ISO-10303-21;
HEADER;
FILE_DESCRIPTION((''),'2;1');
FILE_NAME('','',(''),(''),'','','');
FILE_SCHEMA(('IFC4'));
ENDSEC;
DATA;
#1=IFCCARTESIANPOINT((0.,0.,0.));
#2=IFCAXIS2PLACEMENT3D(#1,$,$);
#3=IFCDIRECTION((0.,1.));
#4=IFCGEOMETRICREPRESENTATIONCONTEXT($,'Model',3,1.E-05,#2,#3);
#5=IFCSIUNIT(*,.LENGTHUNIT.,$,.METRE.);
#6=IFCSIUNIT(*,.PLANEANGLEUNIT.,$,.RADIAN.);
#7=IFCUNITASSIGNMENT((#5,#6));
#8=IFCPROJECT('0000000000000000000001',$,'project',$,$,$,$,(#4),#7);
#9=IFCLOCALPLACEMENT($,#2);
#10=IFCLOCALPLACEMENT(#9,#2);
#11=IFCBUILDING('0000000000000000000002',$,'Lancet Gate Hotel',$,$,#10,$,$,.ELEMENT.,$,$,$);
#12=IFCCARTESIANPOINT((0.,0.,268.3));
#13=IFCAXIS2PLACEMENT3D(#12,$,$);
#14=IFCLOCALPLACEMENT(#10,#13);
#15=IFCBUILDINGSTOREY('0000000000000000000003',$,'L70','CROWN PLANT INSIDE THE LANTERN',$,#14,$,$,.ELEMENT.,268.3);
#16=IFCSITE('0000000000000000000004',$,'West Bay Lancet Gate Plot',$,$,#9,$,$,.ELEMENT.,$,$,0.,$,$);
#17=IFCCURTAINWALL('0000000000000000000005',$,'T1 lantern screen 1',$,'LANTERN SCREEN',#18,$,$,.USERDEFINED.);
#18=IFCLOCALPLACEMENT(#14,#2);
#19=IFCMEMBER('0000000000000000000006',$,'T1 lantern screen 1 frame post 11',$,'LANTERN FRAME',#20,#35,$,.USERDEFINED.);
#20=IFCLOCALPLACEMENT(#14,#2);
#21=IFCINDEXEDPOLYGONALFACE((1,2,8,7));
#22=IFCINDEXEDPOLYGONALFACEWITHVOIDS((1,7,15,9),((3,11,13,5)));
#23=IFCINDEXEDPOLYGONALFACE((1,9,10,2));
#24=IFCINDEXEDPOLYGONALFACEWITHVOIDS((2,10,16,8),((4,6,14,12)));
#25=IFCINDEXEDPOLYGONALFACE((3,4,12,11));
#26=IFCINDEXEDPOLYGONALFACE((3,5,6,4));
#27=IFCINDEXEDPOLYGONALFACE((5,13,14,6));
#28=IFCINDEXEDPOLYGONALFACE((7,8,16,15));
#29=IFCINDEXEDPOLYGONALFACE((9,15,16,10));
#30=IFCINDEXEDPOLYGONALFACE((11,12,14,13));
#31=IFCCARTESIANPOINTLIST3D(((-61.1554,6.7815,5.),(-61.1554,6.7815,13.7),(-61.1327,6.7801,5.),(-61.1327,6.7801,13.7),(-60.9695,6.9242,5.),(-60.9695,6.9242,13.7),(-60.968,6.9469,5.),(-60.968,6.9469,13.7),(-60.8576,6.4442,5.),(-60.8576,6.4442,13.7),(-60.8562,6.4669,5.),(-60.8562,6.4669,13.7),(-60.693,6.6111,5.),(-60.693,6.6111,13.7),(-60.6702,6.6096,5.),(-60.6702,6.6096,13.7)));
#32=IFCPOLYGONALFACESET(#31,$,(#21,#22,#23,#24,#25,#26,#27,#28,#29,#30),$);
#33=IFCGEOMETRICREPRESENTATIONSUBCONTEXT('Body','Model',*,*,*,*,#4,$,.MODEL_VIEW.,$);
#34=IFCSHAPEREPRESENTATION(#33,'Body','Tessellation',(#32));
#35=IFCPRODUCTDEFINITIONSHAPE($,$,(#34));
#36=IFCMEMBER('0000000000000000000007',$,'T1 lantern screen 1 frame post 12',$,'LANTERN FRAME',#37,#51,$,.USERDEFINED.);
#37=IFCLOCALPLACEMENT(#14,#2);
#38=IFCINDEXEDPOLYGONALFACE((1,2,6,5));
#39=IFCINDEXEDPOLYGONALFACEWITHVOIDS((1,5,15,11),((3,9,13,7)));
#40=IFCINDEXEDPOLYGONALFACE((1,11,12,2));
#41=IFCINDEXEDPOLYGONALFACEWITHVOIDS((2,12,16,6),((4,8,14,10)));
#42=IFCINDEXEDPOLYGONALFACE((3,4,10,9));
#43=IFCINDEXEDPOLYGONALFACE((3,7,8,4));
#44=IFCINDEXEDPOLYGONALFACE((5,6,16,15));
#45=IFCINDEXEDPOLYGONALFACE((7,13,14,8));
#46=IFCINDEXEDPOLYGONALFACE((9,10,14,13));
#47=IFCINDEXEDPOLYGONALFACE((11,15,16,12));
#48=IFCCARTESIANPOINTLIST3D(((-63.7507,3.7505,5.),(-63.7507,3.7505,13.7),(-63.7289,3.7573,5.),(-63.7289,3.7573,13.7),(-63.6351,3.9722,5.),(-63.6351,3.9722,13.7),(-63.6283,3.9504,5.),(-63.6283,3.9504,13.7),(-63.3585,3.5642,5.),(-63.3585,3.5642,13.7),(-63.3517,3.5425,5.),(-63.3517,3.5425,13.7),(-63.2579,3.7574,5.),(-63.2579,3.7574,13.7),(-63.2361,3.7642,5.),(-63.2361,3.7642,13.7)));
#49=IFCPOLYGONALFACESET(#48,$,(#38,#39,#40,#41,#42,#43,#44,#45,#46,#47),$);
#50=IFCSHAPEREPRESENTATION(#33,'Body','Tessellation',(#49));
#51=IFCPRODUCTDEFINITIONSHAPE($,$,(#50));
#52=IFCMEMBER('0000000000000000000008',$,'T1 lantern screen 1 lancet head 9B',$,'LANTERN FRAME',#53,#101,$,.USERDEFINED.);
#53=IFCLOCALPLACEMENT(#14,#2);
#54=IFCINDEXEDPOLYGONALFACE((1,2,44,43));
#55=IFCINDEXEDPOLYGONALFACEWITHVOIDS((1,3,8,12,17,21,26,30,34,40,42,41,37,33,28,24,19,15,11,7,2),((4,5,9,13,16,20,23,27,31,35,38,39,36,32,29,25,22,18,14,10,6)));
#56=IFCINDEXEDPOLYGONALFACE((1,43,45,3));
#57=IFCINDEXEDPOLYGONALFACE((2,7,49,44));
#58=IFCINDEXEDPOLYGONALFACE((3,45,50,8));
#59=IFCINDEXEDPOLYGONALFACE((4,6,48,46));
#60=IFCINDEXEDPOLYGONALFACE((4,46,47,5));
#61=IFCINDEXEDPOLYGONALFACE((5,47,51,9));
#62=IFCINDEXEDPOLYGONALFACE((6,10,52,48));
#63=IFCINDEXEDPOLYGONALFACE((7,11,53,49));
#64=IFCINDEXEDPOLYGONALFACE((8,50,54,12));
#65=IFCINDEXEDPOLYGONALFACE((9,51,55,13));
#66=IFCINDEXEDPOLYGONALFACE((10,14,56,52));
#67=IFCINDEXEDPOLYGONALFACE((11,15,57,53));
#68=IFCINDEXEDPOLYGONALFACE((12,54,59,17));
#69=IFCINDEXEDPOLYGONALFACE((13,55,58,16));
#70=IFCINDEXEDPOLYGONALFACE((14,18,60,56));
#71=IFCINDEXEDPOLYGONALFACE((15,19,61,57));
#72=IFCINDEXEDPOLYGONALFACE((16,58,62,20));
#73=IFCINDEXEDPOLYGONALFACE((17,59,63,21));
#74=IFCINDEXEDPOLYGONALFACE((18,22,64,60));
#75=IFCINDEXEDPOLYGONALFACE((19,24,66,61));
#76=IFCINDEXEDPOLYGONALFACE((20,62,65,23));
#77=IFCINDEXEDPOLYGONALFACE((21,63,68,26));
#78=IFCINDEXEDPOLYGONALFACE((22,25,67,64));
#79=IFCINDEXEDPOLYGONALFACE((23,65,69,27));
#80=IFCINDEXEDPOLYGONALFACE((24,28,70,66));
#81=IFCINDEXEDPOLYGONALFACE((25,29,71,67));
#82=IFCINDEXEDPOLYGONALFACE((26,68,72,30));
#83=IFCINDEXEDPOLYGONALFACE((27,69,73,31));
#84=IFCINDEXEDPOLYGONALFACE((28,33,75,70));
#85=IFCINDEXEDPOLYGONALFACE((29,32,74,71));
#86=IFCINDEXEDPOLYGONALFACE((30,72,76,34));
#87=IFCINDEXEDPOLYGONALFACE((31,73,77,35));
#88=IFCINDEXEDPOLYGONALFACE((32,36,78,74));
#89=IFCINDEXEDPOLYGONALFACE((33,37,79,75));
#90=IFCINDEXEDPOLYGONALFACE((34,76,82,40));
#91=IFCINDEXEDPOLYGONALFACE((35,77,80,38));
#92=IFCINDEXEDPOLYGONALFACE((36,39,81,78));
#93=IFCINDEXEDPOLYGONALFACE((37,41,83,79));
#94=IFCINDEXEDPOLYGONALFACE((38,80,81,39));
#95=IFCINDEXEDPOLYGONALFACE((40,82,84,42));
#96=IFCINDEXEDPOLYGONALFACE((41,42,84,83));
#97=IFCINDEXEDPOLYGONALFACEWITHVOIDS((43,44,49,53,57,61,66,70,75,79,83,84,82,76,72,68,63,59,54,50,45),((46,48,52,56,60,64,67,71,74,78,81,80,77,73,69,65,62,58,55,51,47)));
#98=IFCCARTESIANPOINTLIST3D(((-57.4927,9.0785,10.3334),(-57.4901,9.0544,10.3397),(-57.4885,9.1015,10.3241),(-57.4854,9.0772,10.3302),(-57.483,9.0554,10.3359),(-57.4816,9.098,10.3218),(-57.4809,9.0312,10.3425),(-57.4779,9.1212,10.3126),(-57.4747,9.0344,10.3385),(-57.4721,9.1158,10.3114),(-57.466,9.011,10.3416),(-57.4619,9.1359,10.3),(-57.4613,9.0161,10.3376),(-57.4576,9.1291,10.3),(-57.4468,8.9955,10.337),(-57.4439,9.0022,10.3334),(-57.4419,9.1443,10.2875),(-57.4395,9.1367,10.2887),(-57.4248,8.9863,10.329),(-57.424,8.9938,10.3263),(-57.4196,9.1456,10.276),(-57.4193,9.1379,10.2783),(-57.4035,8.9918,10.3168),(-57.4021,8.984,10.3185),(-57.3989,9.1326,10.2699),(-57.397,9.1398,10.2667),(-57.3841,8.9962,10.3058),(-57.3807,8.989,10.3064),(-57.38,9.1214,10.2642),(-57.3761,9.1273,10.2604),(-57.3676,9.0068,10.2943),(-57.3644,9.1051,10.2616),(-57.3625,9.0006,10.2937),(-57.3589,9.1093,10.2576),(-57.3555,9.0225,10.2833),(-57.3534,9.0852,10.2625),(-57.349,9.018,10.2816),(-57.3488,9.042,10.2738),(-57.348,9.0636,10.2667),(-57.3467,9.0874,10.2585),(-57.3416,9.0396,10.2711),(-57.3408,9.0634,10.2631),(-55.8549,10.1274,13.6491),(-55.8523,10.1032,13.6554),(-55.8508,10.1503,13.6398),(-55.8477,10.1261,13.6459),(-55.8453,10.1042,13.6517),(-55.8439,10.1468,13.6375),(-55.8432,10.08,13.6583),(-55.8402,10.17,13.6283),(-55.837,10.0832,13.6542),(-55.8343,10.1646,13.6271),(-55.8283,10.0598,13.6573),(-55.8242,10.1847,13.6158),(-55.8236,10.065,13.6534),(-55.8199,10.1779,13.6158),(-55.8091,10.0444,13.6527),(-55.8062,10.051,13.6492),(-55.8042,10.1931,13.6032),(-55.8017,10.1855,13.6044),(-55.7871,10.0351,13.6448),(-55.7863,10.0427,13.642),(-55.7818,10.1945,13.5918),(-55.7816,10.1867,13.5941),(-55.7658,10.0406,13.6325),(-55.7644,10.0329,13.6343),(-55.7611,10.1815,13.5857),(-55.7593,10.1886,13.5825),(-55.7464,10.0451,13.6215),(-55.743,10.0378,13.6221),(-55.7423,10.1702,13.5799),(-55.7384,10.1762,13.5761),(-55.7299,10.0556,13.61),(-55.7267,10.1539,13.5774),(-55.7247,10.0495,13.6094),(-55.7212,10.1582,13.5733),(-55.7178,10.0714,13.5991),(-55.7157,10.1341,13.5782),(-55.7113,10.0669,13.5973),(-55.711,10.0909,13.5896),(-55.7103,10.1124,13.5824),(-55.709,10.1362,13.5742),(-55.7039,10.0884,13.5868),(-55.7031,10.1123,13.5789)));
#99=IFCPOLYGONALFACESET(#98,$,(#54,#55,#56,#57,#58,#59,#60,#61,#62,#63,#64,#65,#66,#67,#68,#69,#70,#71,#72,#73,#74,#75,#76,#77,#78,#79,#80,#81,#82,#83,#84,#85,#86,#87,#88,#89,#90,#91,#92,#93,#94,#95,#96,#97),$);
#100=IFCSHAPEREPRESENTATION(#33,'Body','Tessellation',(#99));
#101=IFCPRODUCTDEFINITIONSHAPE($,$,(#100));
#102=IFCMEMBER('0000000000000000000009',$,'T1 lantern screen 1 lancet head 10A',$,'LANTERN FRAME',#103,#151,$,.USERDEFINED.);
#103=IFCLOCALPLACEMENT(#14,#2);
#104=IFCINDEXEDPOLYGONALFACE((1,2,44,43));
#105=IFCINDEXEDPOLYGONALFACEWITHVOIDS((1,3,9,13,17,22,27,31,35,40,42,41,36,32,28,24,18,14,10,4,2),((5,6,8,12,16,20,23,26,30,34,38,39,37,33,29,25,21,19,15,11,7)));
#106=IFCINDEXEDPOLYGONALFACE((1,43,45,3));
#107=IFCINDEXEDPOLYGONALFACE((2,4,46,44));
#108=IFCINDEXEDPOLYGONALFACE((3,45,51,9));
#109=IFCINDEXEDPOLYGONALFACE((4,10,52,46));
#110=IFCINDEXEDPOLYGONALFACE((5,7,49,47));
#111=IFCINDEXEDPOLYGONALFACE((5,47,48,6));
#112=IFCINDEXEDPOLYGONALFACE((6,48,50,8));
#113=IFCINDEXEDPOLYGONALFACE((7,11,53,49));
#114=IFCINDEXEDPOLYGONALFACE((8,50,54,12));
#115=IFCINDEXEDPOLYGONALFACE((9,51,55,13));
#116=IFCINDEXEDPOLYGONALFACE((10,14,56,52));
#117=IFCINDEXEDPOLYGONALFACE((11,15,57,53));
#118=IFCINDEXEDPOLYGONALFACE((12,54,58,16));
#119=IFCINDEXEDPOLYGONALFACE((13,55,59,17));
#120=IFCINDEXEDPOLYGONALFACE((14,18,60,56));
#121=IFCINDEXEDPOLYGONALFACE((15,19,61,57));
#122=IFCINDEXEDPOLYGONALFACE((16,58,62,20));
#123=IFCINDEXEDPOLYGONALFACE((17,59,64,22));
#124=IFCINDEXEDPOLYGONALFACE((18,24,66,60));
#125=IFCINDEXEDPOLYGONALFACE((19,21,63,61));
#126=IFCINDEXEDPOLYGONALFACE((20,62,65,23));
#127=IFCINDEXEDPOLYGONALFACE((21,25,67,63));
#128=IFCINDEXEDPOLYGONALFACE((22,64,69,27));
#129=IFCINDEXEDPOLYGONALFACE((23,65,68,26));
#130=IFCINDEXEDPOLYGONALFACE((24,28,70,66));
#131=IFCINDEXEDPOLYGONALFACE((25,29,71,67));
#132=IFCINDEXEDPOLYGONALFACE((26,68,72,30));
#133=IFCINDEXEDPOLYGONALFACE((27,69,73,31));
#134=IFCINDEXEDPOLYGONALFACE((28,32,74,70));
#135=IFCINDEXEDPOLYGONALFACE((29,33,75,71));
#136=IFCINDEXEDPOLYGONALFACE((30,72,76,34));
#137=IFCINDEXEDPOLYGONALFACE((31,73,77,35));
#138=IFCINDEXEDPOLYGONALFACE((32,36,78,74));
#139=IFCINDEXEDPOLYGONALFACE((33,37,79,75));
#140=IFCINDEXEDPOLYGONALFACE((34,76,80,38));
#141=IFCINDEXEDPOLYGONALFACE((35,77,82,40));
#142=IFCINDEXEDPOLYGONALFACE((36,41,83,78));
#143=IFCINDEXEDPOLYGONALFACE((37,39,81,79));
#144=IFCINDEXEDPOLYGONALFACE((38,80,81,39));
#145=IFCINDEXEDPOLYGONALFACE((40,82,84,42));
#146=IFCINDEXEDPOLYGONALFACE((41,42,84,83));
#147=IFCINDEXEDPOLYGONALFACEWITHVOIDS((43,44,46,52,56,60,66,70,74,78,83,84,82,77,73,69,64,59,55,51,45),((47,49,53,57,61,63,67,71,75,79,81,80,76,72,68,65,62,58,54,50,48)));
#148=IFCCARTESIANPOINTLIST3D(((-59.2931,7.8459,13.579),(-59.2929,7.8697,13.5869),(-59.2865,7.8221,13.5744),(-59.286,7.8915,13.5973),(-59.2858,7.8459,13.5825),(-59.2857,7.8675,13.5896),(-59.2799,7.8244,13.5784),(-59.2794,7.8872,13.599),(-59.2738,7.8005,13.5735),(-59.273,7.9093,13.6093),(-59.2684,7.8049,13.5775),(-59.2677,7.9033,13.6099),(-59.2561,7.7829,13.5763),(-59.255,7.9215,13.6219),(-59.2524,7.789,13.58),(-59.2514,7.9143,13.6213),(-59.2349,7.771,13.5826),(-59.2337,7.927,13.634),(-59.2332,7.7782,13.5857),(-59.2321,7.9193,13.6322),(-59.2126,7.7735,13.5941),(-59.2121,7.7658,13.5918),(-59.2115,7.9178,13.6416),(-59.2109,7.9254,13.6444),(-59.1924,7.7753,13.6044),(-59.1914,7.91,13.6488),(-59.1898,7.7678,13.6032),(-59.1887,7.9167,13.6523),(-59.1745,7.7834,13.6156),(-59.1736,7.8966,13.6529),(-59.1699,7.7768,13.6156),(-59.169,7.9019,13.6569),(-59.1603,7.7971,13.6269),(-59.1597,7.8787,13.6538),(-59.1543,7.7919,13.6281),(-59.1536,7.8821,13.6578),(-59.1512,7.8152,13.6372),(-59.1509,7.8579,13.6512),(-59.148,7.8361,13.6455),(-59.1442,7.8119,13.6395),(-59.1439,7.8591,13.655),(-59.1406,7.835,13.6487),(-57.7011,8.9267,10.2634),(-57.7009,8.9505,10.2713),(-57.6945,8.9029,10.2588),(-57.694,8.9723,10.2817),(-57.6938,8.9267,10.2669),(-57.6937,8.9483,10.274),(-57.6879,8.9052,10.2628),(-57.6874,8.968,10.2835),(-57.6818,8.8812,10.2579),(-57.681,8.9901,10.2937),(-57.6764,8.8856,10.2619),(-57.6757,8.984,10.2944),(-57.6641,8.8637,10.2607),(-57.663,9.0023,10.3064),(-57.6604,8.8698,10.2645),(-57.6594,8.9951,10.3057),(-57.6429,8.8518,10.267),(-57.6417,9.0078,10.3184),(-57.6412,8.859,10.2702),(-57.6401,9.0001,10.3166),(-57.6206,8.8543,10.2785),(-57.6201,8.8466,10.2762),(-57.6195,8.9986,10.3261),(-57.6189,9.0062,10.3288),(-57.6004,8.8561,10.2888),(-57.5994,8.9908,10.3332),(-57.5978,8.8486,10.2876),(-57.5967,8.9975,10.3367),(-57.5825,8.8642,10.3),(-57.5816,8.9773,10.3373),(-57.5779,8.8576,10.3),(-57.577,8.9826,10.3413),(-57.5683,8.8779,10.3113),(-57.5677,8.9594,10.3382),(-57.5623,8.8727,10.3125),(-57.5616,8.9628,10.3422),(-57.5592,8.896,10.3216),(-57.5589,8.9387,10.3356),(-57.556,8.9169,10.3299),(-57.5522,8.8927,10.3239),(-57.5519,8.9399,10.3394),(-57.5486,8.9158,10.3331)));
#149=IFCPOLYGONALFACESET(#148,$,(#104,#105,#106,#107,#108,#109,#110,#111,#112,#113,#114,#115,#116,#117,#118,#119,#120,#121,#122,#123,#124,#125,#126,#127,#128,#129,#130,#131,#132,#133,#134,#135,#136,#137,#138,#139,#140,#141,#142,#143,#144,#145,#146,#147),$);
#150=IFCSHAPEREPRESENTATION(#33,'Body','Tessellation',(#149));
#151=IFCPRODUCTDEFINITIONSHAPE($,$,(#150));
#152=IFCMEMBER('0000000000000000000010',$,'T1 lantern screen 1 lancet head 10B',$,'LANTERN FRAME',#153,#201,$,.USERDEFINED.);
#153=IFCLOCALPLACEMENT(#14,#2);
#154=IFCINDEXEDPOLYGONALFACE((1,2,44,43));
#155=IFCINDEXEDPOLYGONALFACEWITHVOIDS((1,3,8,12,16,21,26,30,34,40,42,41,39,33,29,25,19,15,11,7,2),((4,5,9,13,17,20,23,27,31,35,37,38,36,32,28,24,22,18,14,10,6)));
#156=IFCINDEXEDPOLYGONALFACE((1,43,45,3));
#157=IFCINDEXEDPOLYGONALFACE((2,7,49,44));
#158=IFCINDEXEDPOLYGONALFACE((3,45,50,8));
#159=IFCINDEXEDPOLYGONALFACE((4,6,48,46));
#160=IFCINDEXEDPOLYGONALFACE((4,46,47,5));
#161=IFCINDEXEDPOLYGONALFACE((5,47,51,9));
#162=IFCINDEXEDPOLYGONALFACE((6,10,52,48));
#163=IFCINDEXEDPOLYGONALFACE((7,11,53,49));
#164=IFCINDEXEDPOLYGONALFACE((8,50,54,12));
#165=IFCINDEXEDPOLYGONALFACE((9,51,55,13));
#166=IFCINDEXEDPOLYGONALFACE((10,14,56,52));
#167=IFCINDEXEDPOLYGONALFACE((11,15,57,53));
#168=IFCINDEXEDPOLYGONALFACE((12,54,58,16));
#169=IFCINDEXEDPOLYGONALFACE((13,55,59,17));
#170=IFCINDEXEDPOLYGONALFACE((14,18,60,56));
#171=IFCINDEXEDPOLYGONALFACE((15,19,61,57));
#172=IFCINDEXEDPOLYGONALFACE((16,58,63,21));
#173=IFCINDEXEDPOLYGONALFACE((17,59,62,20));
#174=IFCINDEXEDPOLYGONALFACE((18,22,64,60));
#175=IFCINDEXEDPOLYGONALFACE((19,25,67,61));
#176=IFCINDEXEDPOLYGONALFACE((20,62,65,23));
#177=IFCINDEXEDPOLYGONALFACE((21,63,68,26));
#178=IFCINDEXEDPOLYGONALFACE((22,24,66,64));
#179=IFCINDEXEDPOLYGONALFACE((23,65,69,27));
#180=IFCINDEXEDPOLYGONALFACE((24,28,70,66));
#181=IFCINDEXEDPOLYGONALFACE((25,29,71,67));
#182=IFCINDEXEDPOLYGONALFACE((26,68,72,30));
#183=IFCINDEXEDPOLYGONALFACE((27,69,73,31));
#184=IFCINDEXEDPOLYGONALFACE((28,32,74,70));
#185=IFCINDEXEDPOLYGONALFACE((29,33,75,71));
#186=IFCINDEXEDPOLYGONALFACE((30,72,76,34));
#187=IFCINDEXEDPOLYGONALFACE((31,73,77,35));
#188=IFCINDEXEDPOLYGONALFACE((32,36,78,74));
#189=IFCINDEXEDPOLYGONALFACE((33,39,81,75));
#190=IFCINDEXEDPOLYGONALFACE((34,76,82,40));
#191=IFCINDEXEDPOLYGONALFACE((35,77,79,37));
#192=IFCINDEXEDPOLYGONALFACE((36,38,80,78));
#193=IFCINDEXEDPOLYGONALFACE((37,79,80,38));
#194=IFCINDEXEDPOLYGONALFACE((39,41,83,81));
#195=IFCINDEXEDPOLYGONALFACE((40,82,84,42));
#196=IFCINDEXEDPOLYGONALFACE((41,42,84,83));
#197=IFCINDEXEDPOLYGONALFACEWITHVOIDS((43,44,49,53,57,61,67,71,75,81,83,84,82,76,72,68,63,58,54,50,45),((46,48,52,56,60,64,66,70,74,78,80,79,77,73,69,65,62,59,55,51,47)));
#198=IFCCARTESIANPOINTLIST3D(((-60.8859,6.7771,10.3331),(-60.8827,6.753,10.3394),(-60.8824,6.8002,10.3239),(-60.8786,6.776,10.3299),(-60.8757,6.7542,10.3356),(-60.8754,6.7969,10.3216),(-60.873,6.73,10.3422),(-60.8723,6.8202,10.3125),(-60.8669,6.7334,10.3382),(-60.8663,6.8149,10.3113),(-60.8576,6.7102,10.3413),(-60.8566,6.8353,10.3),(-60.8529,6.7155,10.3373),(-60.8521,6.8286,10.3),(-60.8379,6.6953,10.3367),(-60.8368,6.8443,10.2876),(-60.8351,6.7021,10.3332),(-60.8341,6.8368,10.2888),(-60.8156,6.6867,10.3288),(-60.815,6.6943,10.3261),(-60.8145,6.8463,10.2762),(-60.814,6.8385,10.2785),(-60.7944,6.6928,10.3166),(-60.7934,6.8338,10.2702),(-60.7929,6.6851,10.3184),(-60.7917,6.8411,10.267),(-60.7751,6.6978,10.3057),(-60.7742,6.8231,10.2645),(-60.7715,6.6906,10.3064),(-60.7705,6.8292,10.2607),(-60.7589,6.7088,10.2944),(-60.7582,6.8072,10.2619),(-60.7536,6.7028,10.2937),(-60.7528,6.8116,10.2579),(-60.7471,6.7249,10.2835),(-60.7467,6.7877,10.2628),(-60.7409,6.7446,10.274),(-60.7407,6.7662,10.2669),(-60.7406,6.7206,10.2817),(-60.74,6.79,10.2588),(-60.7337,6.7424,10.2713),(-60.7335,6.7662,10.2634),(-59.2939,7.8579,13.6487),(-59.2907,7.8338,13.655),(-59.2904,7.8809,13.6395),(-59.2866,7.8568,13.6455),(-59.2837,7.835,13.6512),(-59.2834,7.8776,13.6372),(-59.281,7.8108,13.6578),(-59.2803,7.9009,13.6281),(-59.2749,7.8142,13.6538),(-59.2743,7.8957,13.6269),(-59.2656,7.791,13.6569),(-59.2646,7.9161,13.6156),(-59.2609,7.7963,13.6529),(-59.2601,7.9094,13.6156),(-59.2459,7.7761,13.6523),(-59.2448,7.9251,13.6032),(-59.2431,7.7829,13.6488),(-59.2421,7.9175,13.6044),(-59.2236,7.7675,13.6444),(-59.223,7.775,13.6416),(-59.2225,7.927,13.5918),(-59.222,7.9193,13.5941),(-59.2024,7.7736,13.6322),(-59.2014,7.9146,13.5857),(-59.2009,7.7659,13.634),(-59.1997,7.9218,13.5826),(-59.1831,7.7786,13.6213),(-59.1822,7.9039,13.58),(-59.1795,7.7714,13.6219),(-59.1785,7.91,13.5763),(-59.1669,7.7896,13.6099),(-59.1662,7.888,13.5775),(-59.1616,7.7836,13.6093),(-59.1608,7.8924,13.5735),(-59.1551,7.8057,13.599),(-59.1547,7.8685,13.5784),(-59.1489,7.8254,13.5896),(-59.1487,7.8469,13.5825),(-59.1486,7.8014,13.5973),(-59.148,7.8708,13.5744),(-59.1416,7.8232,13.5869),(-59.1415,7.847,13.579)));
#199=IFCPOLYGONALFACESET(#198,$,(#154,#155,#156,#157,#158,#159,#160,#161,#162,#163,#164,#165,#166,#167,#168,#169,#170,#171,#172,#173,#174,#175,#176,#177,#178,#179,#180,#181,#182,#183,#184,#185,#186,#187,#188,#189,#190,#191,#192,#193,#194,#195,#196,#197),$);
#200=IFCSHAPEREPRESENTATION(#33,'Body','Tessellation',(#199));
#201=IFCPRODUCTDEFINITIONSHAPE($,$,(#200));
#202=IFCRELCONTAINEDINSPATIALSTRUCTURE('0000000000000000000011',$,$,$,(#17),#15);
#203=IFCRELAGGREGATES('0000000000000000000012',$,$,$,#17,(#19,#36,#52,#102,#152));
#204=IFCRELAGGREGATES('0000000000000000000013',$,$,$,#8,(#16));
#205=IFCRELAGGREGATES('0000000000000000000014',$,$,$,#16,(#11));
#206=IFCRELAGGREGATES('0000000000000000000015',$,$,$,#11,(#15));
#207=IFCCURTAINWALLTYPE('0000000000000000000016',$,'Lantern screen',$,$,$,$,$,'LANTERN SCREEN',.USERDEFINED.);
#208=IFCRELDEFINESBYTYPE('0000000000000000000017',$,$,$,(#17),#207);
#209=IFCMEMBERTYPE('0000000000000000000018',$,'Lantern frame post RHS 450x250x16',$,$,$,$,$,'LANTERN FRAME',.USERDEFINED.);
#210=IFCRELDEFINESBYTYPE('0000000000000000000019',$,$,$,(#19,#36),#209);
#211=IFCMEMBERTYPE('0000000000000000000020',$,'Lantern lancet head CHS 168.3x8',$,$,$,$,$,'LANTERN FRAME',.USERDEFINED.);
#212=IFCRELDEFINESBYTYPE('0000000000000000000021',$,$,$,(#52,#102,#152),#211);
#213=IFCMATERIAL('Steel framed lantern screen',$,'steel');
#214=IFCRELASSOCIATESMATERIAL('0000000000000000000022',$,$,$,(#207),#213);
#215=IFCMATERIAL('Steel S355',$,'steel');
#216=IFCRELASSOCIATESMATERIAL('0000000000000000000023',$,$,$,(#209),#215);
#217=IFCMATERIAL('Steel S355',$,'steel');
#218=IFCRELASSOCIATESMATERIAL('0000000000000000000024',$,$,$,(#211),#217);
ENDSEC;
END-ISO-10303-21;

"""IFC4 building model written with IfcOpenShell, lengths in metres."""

from ifc_helpers import new_model, si_unit, direction, frame, origin, origin_2d, place, context, subcontext, project, spatial, hollow_rectangle, hollow_circle, extrude, material, material_profile, profile_set, type_object, element, aggregate, save


model = new_model("IFC4")

# Units and contexts
model_context = context("Model", 3, precision=1e-05, world=origin(), true_north=direction((0.0, 1.0)))
body_context = subcontext(model_context, "Body", "Model", "MODEL_VIEW")
ifc_project = project(units=[si_unit("LENGTHUNIT", "METRE"), si_unit("PLANEANGLEUNIT", "RADIAN")], contexts=[model_context])

# Site, building, storey
site_placement = place(None, origin())
site = spatial("IfcSite", under=ifc_project, at=site_placement, Name="West Bay Lancet Gate Plot", CompositionType="ELEMENT", RefElevation=0.0)
building_placement = place(site_placement, origin())
building = spatial("IfcBuilding", under=site, at=building_placement, Name="Lancet Gate Hotel", CompositionType="ELEMENT")
storey_placement = place(building_placement, frame((0.0, 0.0, 268.3)))
storey = spatial("IfcBuildingStorey", under=building, at=storey_placement, Name="L70", Description="CROWN PLANT INSIDE THE LANTERN", CompositionType="ELEMENT", Elevation=268.3)

# Curtain wall, members
ifc_material_1 = material(Name="Steel framed lantern screen", Category="steel")
curtain_wall_type_1 = type_object("IfcCurtainWallType", Name="Lantern screen", ElementType="LANTERN SCREEN", PredefinedType="USERDEFINED", material=ifc_material_1)
curtain_wall_1_placement = place(storey_placement, origin())
curtain_wall_1 = element("IfcCurtainWall", 1, at=curtain_wall_1_placement, inside=storey, type_object=curtain_wall_type_1, Name="T1 lantern screen 1", ObjectType="LANTERN SCREEN", PredefinedType="USERDEFINED")
ifc_material_2 = material(Name="Steel S355", Category="steel")
ifc_material_profile_1 = material_profile(ifc_material_2, hollow_rectangle(XDim=0.25, YDim=0.45, WallThickness=0.0161, at=origin_2d()), Name="RHS 450x250x16")
ifc_profile_set_1 = profile_set([ifc_material_profile_1], Name="Steel S355")
member_type_1 = type_object("IfcMemberType", Name="Lantern frame post RHS 450x250x16", ElementType="LANTERN FRAME", PredefinedType="USERDEFINED", material=ifc_profile_set_1)
member_1_placement = place(storey_placement, frame((-60.9128, 6.6956, 5.0), z_axis=(0.0, 0.0, 1.0), x_axis=(-0.749639, -0.661847, 0.0)))
member_1 = element("IfcMember", 2, at=member_1_placement, type_object=member_type_1, Name="T1 lantern screen 1 frame post 11", ObjectType="LANTERN FRAME", PredefinedType="USERDEFINED", context=body_context, shape_type="SweptSolid", body=[
    extrude(hollow_rectangle(XDim=0.25, YDim=0.45, WallThickness=0.0161, at=origin_2d()), origin(), (0.0, 0.0, 1.0), 8.7),
])
member_2_placement = place(storey_placement, frame((-63.4934, 3.7573, 5.0), z_axis=(0.0, 0.0, 1.0), x_axis=(-0.462178, -0.886787, 0.0)))
member_2 = element("IfcMember", 3, at=member_2_placement, type_object=member_type_1, Name="T1 lantern screen 1 frame post 12", ObjectType="LANTERN FRAME", PredefinedType="USERDEFINED", context=body_context, shape_type="SweptSolid", body=[
    extrude(hollow_rectangle(XDim=0.25, YDim=0.45, WallThickness=0.0161, at=origin_2d()), origin(), (0.0, 0.0, 1.0), 8.7),
])
ifc_material_3 = material(Name="Steel S355", Category="steel")
ifc_material_profile_2 = material_profile(ifc_material_3, hollow_circle(Radius=0.0842, WallThickness=0.0081, at=origin_2d()), Name="CHS 168.3x8.0")
ifc_profile_set_2 = profile_set([ifc_material_profile_2], Name="Steel S355")
member_type_2 = type_object("IfcMemberType", Name="Lantern lancet head CHS 168.3x8", ElementType="LANTERN FRAME", PredefinedType="USERDEFINED", material=ifc_profile_set_2)
member_3_placement = place(storey_placement, frame((-57.4165, 9.0649, 10.3), z_axis=(0.426047, 0.272853, 0.862574), x_axis=(-0.53931, 0.842107, 0.0)))
member_3 = element("IfcMember", 4, at=member_3_placement, type_object=member_type_2, Name="T1 lantern screen 1 lancet head 9B", ObjectType="LANTERN FRAME", PredefinedType="USERDEFINED", context=body_context, shape_type="SweptSolid", body=[
    extrude(hollow_circle(Radius=0.0842, WallThickness=0.0081, at=origin_2d()), origin(), (0.0, 0.0, 1.0), 3.844),
])
member_4_placement = place(storey_placement, frame((-57.6252, 8.9272, 10.3), z_axis=(-0.415287, -0.281931, 0.8649), x_axis=(0.561678, -0.827356, 0.0)))
member_4 = element("IfcMember", 5, at=member_4_placement, type_object=member_type_2, Name="T1 lantern screen 1 lancet head 10A", ObjectType="LANTERN FRAME", PredefinedType="USERDEFINED", context=body_context, shape_type="SweptSolid", body=[
    extrude(hollow_circle(Radius=0.0842, WallThickness=0.0081, at=origin_2d()), origin(), (0.0, 0.0, 1.0), 3.8335),
])
member_5_placement = place(storey_placement, frame((-60.8093, 6.7656, 10.3), z_axis=(0.415287, 0.281931, 0.8649), x_axis=(-0.561678, 0.827356, 0.0)))
member_5 = element("IfcMember", 6, at=member_5_placement, type_object=member_type_2, Name="T1 lantern screen 1 lancet head 10B", ObjectType="LANTERN FRAME", PredefinedType="USERDEFINED", context=body_context, shape_type="SweptSolid", body=[
    extrude(hollow_circle(Radius=0.0842, WallThickness=0.0081, at=origin_2d()), origin(), (0.0, 0.0, 1.0), 3.8335),
])

aggregate(curtain_wall_1, [member_1, member_2, member_3, member_4, member_5])

save(model, "model.ifc")
